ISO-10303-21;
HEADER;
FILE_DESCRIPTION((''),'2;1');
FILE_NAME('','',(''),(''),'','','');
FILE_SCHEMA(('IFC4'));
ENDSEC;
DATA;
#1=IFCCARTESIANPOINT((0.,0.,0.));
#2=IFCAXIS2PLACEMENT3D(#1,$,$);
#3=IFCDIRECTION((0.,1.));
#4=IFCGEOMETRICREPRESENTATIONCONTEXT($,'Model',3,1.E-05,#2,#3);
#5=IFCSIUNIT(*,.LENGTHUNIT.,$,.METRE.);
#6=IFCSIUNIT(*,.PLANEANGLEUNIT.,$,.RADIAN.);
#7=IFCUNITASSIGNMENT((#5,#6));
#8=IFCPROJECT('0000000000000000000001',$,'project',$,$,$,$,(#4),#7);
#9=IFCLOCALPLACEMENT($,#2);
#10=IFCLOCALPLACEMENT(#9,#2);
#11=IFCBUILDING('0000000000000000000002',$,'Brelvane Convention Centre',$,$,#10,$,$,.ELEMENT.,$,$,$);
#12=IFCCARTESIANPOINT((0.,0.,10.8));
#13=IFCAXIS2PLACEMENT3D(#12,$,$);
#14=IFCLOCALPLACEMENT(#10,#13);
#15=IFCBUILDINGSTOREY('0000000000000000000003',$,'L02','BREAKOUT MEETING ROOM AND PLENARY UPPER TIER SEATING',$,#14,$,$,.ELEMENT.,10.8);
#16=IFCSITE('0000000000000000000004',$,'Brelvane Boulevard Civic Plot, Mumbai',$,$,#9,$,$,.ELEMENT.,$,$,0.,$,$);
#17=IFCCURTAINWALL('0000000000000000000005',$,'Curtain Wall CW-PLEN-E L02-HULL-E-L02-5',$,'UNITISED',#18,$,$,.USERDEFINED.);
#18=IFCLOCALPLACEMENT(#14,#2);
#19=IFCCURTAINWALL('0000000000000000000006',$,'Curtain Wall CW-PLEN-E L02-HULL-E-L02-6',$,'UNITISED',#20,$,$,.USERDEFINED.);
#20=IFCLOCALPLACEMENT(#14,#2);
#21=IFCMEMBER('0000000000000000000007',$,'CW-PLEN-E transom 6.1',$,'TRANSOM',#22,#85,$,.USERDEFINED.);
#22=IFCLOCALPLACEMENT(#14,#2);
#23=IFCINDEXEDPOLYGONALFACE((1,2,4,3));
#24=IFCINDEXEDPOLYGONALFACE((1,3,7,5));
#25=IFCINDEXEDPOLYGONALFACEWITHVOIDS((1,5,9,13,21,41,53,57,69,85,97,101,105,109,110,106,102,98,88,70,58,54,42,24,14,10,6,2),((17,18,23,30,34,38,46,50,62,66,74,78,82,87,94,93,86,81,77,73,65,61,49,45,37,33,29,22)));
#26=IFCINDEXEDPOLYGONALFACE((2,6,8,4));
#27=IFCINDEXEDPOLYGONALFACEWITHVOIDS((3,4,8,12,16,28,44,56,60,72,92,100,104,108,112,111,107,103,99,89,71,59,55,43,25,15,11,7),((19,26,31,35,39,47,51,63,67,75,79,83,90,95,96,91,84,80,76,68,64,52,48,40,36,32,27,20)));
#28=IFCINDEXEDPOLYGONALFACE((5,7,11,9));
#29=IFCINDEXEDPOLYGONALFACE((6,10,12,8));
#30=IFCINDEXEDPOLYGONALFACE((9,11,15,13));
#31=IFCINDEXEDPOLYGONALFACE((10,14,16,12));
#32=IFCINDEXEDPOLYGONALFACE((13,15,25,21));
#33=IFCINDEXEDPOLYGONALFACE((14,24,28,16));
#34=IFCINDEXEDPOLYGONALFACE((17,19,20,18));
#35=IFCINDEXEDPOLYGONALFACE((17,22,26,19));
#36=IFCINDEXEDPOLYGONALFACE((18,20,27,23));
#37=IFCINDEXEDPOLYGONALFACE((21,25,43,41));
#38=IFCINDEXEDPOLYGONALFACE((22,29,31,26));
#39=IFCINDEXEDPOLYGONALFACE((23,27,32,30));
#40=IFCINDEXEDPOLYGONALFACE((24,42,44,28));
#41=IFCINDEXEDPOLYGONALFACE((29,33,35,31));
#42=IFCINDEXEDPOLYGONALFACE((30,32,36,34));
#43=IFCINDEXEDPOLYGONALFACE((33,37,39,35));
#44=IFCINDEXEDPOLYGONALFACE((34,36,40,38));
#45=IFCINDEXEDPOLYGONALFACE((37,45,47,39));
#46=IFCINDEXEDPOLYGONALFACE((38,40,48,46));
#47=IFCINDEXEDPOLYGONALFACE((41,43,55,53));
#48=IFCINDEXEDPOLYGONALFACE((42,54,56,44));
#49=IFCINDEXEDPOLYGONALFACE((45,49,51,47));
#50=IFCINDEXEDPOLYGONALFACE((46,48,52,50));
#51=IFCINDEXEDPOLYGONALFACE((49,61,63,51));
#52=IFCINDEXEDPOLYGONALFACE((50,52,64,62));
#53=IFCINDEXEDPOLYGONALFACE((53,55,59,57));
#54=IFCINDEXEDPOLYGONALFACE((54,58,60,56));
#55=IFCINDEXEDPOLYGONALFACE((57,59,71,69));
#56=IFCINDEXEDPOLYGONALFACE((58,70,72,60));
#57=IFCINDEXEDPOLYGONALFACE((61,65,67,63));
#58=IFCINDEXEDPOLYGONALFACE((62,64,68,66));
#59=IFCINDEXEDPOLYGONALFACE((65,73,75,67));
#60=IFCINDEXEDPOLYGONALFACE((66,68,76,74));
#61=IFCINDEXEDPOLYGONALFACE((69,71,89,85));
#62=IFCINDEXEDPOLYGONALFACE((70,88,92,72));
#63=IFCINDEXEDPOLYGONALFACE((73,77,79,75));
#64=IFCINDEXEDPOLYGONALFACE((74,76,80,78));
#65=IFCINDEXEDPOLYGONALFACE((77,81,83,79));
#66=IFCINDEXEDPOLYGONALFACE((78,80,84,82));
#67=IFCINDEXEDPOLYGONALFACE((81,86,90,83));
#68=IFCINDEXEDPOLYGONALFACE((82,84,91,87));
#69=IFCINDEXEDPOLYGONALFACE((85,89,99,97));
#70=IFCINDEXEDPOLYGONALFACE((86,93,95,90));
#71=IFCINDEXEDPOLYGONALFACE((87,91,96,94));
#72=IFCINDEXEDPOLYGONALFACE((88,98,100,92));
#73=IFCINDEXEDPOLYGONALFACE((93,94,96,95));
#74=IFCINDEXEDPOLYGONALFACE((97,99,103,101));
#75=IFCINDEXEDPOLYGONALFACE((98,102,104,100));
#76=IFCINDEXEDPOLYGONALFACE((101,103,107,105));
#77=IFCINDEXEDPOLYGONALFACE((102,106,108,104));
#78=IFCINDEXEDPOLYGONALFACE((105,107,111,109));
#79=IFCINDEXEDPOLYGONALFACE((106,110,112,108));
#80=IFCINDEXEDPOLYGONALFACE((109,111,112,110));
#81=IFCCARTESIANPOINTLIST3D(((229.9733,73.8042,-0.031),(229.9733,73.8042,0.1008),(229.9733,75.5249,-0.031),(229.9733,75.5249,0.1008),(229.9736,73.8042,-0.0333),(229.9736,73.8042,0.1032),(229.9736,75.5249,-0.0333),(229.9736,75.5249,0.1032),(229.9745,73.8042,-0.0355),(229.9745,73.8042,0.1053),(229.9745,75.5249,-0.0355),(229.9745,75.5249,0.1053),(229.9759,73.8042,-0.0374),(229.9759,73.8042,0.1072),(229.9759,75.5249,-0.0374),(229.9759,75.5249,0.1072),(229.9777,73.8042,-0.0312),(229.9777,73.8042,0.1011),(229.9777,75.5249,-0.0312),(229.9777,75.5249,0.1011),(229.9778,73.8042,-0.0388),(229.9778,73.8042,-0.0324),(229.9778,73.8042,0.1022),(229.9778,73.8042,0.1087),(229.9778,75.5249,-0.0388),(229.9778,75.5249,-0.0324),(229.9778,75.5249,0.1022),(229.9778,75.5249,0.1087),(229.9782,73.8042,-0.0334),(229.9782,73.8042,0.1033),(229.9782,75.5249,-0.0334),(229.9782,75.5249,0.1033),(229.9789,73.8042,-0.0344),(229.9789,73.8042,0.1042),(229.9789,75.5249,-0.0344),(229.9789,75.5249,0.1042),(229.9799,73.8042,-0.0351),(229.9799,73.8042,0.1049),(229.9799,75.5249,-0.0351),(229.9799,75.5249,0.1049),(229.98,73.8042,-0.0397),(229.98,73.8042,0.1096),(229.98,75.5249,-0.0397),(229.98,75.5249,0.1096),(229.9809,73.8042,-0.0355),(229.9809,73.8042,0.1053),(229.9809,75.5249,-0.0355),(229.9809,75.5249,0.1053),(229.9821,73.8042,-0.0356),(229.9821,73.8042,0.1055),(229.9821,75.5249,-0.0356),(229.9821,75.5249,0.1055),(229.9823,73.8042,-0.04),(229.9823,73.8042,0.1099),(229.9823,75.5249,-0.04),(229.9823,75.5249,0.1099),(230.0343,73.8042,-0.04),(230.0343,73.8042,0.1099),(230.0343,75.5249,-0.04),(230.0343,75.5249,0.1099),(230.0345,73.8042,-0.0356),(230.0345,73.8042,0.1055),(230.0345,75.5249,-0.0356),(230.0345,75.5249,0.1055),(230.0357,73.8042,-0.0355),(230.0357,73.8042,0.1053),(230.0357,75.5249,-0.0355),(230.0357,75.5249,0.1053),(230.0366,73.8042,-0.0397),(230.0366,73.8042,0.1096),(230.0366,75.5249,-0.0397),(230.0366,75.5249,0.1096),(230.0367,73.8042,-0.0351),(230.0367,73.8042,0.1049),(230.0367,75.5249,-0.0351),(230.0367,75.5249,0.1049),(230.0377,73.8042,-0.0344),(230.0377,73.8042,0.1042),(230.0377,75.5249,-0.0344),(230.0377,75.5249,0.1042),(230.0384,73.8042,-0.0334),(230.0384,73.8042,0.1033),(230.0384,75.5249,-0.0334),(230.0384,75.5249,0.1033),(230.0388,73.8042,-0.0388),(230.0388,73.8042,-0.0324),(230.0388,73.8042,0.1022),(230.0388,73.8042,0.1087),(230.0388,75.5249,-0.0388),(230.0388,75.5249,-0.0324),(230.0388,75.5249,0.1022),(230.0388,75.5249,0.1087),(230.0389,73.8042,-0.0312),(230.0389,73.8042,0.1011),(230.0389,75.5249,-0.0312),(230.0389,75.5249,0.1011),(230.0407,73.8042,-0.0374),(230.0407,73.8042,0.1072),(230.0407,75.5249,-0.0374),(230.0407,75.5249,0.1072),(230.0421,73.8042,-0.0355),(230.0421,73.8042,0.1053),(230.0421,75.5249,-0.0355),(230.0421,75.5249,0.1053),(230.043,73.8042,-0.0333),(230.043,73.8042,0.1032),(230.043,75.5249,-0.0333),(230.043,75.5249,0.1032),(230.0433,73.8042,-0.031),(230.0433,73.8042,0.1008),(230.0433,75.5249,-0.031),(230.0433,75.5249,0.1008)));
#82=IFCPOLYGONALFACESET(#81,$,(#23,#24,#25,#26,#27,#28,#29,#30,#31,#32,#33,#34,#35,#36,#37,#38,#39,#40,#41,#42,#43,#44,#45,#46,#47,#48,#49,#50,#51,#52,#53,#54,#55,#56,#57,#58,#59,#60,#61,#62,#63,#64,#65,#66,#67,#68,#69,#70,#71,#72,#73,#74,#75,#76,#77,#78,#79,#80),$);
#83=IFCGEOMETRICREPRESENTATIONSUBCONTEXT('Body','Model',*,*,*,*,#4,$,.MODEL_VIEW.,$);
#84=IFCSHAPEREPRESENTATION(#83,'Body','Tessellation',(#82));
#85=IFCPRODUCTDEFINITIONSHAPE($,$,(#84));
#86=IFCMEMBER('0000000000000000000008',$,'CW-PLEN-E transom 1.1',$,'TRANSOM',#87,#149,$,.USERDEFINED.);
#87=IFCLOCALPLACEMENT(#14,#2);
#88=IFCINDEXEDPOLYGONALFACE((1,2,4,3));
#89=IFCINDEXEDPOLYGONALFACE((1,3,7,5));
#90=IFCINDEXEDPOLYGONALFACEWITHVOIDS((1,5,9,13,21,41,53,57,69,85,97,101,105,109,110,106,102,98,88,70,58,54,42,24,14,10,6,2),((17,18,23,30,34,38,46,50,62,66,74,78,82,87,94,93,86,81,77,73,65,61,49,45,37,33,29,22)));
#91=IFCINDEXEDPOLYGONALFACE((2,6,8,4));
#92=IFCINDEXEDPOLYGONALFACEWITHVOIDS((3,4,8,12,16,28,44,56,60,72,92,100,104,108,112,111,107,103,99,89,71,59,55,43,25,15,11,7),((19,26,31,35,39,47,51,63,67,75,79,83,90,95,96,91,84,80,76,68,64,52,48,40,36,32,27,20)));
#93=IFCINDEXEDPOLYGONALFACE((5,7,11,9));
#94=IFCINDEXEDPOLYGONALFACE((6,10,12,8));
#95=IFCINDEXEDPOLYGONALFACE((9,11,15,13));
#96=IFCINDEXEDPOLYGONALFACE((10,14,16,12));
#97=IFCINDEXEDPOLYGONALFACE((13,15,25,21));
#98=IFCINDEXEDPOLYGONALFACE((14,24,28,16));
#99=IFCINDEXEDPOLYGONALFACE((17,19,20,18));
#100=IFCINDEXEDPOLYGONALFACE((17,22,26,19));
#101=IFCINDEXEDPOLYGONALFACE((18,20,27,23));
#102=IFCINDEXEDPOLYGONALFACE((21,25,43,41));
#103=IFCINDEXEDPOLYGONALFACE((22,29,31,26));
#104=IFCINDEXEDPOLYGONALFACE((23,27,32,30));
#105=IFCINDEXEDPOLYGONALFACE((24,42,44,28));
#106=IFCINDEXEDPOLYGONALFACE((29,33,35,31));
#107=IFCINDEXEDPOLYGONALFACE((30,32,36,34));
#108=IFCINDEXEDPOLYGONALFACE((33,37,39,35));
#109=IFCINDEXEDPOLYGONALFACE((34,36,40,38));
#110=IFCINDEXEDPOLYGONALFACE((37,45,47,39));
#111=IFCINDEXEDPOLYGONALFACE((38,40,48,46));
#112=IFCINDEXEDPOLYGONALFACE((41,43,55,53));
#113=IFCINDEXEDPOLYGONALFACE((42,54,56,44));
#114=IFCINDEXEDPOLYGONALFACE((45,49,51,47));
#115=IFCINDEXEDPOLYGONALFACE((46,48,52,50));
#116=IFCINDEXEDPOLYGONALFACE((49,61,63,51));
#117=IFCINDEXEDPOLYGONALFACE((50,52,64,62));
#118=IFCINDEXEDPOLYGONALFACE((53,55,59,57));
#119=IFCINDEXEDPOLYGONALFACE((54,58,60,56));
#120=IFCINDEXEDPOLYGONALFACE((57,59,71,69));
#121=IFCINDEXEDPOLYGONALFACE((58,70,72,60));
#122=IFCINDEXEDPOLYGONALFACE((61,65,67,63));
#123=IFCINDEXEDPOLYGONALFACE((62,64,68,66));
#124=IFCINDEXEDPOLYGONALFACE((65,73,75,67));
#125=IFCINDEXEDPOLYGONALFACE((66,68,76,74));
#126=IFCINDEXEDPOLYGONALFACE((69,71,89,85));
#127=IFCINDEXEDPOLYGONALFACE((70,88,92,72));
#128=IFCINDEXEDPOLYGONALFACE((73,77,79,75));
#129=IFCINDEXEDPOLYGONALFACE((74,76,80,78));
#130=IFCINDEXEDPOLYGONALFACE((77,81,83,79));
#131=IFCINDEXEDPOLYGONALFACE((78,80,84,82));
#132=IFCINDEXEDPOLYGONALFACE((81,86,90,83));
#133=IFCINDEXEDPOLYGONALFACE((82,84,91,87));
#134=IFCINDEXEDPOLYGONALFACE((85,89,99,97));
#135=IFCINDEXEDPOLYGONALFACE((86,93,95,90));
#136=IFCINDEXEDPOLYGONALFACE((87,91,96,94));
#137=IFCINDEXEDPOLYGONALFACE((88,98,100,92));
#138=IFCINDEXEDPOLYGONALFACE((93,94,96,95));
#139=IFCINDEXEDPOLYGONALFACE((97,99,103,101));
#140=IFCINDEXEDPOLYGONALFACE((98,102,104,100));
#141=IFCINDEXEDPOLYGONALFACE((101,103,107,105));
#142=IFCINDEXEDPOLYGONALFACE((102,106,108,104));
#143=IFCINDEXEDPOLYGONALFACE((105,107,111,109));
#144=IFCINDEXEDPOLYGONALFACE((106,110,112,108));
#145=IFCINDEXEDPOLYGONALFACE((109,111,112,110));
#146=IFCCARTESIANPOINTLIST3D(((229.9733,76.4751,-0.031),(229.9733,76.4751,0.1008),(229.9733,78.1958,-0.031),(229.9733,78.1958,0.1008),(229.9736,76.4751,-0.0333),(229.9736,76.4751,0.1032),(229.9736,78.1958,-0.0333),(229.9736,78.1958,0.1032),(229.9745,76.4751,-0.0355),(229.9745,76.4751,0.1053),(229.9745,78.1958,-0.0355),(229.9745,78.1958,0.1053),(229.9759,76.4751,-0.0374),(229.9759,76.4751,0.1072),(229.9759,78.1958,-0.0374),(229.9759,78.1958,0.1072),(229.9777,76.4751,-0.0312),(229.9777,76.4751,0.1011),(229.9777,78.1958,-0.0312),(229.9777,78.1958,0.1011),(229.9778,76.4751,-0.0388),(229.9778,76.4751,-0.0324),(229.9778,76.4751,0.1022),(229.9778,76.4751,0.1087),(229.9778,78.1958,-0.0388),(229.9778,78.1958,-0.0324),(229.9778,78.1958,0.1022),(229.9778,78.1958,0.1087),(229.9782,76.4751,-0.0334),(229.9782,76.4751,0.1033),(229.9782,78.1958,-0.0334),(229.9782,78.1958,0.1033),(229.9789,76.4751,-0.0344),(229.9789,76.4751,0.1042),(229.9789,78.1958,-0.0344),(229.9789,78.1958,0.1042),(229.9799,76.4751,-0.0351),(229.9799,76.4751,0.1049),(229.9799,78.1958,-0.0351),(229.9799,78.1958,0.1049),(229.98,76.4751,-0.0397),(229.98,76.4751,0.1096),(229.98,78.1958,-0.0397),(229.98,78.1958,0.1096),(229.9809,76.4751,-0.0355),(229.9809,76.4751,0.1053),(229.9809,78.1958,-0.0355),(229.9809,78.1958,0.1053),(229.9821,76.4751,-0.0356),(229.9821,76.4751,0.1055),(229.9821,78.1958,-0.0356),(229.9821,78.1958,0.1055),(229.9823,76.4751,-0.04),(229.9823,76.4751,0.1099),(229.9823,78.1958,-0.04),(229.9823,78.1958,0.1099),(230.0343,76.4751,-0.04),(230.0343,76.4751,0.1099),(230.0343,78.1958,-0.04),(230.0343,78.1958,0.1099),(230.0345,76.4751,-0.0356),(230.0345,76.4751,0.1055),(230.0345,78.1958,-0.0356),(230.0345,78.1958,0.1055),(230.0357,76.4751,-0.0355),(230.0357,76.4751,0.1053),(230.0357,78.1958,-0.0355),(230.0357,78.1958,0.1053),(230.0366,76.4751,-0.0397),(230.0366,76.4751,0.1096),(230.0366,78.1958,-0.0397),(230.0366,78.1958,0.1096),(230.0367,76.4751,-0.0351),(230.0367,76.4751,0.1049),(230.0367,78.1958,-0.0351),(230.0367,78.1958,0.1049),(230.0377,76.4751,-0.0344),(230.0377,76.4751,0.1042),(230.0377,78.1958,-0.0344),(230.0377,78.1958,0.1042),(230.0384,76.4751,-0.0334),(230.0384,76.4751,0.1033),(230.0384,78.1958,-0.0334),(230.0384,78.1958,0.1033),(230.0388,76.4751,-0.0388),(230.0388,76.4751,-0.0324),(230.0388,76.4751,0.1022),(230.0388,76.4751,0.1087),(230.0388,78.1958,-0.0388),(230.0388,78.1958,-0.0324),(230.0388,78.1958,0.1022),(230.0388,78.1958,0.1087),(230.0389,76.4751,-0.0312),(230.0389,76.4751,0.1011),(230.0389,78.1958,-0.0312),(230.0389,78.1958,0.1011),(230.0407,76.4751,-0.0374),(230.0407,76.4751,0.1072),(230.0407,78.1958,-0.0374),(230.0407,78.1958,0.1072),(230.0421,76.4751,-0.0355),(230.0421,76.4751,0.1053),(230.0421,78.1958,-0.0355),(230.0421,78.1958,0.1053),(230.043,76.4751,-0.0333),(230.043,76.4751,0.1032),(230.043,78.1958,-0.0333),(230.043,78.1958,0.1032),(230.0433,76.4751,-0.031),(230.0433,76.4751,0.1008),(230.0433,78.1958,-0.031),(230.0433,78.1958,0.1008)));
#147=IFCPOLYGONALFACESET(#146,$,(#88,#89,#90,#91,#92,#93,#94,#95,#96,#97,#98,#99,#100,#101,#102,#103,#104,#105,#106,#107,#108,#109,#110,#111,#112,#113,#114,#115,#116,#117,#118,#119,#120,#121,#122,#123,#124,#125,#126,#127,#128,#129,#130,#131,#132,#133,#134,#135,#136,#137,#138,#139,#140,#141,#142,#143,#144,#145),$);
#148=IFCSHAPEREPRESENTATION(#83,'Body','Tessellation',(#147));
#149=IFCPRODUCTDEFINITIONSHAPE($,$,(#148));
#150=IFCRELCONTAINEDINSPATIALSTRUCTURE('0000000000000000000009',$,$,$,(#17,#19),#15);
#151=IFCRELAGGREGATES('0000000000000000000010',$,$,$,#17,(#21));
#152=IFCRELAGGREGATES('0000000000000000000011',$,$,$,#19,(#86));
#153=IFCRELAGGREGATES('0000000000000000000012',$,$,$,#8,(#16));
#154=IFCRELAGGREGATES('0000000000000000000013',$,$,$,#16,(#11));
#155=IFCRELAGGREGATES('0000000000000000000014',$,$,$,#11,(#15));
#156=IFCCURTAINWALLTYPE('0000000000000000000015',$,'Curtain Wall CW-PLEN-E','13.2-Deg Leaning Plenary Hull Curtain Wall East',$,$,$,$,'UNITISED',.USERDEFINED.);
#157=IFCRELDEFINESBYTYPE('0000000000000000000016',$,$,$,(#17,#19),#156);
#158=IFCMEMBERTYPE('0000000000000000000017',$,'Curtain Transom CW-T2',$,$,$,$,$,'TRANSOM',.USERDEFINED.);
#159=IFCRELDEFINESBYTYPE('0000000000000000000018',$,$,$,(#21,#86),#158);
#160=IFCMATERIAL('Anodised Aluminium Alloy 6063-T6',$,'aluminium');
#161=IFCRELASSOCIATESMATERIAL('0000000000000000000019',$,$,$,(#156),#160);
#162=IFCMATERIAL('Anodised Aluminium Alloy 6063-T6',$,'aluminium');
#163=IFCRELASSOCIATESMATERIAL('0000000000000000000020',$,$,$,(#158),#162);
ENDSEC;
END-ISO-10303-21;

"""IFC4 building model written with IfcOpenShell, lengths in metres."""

from ifc_helpers import new_model, si_unit, direction, frame, origin, origin_2d, place, context, subcontext, project, spatial, hollow_rectangle, extrude, material, material_profile, profile_set, type_object, element, aggregate, save


model = new_model("IFC4")

# Units and contexts
model_context = context("Model", 3, precision=1e-05, world=origin(), true_north=direction((0.0, 1.0)))
body_context = subcontext(model_context, "Body", "Model", "MODEL_VIEW")
ifc_project = project(units=[si_unit("LENGTHUNIT", "METRE"), si_unit("PLANEANGLEUNIT", "RADIAN")], contexts=[model_context])

# Site, building, storey
site_placement = place(None, origin())
site = spatial("IfcSite", under=ifc_project, at=site_placement, Name="Brelvane Boulevard Civic Plot, Mumbai", CompositionType="ELEMENT", RefElevation=0.0)
building_placement = place(site_placement, origin())
building = spatial("IfcBuilding", under=site, at=building_placement, Name="Brelvane Convention Centre", CompositionType="ELEMENT")
storey_placement = place(building_placement, frame((0.0, 0.0, 10.8)))
storey = spatial("IfcBuildingStorey", under=building, at=storey_placement, Name="L02", Description="BREAKOUT MEETING ROOM AND PLENARY UPPER TIER SEATING", CompositionType="ELEMENT", Elevation=10.8)

# Curtain walls
ifc_material_1 = material(Name="Anodised Aluminium Alloy 6063-T6", Category="aluminium")
curtain_wall_type = type_object("IfcCurtainWallType", Name="Curtain Wall CW-PLEN-E", Description="13.2-Deg Leaning Plenary Hull Curtain Wall East", ElementType="UNITISED", PredefinedType="USERDEFINED", material=ifc_material_1)
curtain_wall_1_placement = place(storey_placement, origin())
curtain_wall_1 = element("IfcCurtainWall", 1, at=curtain_wall_1_placement, inside=storey, type_object=curtain_wall_type, Name="Curtain Wall CW-PLEN-E L02-HULL-E-L02-5", ObjectType="UNITISED", PredefinedType="USERDEFINED")
curtain_wall_2_placement = place(storey_placement, origin())
curtain_wall_2 = element("IfcCurtainWall", 2, at=curtain_wall_2_placement, inside=storey, type_object=curtain_wall_type, Name="Curtain Wall CW-PLEN-E L02-HULL-E-L02-6", ObjectType="UNITISED", PredefinedType="USERDEFINED")

# Members
ifc_material_2 = material(Name="Anodised Aluminium Alloy 6063-T6", Category="aluminium")
ifc_material_profile_1 = material_profile(ifc_material_2, hollow_rectangle(XDim=0.0701, YDim=0.1499, WallThickness=0.0044, InnerFilletRadius=0.0044, OuterFilletRadius=0.009, at=origin_2d()), Name="ALU-T 150x70x4.5")
ifc_profile_set_1 = profile_set([ifc_material_profile_1], Name="Anodised Aluminium Alloy 6063-T6")
member_type_1 = type_object("IfcMemberType", Name="Curtain Transom CW-T2", ElementType="TRANSOM", PredefinedType="USERDEFINED", material=ifc_profile_set_1)
member_1_placement = place(storey_placement, frame((230.0083, 73.8042, 0.0349), z_axis=(0.0, 1.0, 0.0), x_axis=(-1.0, 0.0, 0.0)))
member_1 = element("IfcMember", 3, at=member_1_placement, type_object=member_type_1, Name="CW-PLEN-E transom 6.1", ObjectType="TRANSOM", PredefinedType="USERDEFINED", context=body_context, shape_type="SweptSolid", body=[
    extrude(hollow_rectangle(XDim=0.0701, YDim=0.1499, WallThickness=0.0044, InnerFilletRadius=0.0044, OuterFilletRadius=0.009, at=origin_2d()), origin(), (0.0, 0.0, 1.0), 1.7207),
])
aggregate(curtain_wall_1, [member_1])
member_2_placement = place(storey_placement, frame((230.0083, 76.4751, 0.0349), z_axis=(0.0, 1.0, 0.0), x_axis=(-1.0, 0.0, 0.0)))
member_2 = element("IfcMember", 4, at=member_2_placement, type_object=member_type_1, Name="CW-PLEN-E transom 1.1", ObjectType="TRANSOM", PredefinedType="USERDEFINED", context=body_context, shape_type="SweptSolid", body=[
    extrude(hollow_rectangle(XDim=0.0701, YDim=0.1499, WallThickness=0.0044, InnerFilletRadius=0.0044, OuterFilletRadius=0.009, at=origin_2d()), origin(), (0.0, 0.0, 1.0), 1.7207),
])
aggregate(curtain_wall_2, [member_2])

save(model, "model.ifc")
